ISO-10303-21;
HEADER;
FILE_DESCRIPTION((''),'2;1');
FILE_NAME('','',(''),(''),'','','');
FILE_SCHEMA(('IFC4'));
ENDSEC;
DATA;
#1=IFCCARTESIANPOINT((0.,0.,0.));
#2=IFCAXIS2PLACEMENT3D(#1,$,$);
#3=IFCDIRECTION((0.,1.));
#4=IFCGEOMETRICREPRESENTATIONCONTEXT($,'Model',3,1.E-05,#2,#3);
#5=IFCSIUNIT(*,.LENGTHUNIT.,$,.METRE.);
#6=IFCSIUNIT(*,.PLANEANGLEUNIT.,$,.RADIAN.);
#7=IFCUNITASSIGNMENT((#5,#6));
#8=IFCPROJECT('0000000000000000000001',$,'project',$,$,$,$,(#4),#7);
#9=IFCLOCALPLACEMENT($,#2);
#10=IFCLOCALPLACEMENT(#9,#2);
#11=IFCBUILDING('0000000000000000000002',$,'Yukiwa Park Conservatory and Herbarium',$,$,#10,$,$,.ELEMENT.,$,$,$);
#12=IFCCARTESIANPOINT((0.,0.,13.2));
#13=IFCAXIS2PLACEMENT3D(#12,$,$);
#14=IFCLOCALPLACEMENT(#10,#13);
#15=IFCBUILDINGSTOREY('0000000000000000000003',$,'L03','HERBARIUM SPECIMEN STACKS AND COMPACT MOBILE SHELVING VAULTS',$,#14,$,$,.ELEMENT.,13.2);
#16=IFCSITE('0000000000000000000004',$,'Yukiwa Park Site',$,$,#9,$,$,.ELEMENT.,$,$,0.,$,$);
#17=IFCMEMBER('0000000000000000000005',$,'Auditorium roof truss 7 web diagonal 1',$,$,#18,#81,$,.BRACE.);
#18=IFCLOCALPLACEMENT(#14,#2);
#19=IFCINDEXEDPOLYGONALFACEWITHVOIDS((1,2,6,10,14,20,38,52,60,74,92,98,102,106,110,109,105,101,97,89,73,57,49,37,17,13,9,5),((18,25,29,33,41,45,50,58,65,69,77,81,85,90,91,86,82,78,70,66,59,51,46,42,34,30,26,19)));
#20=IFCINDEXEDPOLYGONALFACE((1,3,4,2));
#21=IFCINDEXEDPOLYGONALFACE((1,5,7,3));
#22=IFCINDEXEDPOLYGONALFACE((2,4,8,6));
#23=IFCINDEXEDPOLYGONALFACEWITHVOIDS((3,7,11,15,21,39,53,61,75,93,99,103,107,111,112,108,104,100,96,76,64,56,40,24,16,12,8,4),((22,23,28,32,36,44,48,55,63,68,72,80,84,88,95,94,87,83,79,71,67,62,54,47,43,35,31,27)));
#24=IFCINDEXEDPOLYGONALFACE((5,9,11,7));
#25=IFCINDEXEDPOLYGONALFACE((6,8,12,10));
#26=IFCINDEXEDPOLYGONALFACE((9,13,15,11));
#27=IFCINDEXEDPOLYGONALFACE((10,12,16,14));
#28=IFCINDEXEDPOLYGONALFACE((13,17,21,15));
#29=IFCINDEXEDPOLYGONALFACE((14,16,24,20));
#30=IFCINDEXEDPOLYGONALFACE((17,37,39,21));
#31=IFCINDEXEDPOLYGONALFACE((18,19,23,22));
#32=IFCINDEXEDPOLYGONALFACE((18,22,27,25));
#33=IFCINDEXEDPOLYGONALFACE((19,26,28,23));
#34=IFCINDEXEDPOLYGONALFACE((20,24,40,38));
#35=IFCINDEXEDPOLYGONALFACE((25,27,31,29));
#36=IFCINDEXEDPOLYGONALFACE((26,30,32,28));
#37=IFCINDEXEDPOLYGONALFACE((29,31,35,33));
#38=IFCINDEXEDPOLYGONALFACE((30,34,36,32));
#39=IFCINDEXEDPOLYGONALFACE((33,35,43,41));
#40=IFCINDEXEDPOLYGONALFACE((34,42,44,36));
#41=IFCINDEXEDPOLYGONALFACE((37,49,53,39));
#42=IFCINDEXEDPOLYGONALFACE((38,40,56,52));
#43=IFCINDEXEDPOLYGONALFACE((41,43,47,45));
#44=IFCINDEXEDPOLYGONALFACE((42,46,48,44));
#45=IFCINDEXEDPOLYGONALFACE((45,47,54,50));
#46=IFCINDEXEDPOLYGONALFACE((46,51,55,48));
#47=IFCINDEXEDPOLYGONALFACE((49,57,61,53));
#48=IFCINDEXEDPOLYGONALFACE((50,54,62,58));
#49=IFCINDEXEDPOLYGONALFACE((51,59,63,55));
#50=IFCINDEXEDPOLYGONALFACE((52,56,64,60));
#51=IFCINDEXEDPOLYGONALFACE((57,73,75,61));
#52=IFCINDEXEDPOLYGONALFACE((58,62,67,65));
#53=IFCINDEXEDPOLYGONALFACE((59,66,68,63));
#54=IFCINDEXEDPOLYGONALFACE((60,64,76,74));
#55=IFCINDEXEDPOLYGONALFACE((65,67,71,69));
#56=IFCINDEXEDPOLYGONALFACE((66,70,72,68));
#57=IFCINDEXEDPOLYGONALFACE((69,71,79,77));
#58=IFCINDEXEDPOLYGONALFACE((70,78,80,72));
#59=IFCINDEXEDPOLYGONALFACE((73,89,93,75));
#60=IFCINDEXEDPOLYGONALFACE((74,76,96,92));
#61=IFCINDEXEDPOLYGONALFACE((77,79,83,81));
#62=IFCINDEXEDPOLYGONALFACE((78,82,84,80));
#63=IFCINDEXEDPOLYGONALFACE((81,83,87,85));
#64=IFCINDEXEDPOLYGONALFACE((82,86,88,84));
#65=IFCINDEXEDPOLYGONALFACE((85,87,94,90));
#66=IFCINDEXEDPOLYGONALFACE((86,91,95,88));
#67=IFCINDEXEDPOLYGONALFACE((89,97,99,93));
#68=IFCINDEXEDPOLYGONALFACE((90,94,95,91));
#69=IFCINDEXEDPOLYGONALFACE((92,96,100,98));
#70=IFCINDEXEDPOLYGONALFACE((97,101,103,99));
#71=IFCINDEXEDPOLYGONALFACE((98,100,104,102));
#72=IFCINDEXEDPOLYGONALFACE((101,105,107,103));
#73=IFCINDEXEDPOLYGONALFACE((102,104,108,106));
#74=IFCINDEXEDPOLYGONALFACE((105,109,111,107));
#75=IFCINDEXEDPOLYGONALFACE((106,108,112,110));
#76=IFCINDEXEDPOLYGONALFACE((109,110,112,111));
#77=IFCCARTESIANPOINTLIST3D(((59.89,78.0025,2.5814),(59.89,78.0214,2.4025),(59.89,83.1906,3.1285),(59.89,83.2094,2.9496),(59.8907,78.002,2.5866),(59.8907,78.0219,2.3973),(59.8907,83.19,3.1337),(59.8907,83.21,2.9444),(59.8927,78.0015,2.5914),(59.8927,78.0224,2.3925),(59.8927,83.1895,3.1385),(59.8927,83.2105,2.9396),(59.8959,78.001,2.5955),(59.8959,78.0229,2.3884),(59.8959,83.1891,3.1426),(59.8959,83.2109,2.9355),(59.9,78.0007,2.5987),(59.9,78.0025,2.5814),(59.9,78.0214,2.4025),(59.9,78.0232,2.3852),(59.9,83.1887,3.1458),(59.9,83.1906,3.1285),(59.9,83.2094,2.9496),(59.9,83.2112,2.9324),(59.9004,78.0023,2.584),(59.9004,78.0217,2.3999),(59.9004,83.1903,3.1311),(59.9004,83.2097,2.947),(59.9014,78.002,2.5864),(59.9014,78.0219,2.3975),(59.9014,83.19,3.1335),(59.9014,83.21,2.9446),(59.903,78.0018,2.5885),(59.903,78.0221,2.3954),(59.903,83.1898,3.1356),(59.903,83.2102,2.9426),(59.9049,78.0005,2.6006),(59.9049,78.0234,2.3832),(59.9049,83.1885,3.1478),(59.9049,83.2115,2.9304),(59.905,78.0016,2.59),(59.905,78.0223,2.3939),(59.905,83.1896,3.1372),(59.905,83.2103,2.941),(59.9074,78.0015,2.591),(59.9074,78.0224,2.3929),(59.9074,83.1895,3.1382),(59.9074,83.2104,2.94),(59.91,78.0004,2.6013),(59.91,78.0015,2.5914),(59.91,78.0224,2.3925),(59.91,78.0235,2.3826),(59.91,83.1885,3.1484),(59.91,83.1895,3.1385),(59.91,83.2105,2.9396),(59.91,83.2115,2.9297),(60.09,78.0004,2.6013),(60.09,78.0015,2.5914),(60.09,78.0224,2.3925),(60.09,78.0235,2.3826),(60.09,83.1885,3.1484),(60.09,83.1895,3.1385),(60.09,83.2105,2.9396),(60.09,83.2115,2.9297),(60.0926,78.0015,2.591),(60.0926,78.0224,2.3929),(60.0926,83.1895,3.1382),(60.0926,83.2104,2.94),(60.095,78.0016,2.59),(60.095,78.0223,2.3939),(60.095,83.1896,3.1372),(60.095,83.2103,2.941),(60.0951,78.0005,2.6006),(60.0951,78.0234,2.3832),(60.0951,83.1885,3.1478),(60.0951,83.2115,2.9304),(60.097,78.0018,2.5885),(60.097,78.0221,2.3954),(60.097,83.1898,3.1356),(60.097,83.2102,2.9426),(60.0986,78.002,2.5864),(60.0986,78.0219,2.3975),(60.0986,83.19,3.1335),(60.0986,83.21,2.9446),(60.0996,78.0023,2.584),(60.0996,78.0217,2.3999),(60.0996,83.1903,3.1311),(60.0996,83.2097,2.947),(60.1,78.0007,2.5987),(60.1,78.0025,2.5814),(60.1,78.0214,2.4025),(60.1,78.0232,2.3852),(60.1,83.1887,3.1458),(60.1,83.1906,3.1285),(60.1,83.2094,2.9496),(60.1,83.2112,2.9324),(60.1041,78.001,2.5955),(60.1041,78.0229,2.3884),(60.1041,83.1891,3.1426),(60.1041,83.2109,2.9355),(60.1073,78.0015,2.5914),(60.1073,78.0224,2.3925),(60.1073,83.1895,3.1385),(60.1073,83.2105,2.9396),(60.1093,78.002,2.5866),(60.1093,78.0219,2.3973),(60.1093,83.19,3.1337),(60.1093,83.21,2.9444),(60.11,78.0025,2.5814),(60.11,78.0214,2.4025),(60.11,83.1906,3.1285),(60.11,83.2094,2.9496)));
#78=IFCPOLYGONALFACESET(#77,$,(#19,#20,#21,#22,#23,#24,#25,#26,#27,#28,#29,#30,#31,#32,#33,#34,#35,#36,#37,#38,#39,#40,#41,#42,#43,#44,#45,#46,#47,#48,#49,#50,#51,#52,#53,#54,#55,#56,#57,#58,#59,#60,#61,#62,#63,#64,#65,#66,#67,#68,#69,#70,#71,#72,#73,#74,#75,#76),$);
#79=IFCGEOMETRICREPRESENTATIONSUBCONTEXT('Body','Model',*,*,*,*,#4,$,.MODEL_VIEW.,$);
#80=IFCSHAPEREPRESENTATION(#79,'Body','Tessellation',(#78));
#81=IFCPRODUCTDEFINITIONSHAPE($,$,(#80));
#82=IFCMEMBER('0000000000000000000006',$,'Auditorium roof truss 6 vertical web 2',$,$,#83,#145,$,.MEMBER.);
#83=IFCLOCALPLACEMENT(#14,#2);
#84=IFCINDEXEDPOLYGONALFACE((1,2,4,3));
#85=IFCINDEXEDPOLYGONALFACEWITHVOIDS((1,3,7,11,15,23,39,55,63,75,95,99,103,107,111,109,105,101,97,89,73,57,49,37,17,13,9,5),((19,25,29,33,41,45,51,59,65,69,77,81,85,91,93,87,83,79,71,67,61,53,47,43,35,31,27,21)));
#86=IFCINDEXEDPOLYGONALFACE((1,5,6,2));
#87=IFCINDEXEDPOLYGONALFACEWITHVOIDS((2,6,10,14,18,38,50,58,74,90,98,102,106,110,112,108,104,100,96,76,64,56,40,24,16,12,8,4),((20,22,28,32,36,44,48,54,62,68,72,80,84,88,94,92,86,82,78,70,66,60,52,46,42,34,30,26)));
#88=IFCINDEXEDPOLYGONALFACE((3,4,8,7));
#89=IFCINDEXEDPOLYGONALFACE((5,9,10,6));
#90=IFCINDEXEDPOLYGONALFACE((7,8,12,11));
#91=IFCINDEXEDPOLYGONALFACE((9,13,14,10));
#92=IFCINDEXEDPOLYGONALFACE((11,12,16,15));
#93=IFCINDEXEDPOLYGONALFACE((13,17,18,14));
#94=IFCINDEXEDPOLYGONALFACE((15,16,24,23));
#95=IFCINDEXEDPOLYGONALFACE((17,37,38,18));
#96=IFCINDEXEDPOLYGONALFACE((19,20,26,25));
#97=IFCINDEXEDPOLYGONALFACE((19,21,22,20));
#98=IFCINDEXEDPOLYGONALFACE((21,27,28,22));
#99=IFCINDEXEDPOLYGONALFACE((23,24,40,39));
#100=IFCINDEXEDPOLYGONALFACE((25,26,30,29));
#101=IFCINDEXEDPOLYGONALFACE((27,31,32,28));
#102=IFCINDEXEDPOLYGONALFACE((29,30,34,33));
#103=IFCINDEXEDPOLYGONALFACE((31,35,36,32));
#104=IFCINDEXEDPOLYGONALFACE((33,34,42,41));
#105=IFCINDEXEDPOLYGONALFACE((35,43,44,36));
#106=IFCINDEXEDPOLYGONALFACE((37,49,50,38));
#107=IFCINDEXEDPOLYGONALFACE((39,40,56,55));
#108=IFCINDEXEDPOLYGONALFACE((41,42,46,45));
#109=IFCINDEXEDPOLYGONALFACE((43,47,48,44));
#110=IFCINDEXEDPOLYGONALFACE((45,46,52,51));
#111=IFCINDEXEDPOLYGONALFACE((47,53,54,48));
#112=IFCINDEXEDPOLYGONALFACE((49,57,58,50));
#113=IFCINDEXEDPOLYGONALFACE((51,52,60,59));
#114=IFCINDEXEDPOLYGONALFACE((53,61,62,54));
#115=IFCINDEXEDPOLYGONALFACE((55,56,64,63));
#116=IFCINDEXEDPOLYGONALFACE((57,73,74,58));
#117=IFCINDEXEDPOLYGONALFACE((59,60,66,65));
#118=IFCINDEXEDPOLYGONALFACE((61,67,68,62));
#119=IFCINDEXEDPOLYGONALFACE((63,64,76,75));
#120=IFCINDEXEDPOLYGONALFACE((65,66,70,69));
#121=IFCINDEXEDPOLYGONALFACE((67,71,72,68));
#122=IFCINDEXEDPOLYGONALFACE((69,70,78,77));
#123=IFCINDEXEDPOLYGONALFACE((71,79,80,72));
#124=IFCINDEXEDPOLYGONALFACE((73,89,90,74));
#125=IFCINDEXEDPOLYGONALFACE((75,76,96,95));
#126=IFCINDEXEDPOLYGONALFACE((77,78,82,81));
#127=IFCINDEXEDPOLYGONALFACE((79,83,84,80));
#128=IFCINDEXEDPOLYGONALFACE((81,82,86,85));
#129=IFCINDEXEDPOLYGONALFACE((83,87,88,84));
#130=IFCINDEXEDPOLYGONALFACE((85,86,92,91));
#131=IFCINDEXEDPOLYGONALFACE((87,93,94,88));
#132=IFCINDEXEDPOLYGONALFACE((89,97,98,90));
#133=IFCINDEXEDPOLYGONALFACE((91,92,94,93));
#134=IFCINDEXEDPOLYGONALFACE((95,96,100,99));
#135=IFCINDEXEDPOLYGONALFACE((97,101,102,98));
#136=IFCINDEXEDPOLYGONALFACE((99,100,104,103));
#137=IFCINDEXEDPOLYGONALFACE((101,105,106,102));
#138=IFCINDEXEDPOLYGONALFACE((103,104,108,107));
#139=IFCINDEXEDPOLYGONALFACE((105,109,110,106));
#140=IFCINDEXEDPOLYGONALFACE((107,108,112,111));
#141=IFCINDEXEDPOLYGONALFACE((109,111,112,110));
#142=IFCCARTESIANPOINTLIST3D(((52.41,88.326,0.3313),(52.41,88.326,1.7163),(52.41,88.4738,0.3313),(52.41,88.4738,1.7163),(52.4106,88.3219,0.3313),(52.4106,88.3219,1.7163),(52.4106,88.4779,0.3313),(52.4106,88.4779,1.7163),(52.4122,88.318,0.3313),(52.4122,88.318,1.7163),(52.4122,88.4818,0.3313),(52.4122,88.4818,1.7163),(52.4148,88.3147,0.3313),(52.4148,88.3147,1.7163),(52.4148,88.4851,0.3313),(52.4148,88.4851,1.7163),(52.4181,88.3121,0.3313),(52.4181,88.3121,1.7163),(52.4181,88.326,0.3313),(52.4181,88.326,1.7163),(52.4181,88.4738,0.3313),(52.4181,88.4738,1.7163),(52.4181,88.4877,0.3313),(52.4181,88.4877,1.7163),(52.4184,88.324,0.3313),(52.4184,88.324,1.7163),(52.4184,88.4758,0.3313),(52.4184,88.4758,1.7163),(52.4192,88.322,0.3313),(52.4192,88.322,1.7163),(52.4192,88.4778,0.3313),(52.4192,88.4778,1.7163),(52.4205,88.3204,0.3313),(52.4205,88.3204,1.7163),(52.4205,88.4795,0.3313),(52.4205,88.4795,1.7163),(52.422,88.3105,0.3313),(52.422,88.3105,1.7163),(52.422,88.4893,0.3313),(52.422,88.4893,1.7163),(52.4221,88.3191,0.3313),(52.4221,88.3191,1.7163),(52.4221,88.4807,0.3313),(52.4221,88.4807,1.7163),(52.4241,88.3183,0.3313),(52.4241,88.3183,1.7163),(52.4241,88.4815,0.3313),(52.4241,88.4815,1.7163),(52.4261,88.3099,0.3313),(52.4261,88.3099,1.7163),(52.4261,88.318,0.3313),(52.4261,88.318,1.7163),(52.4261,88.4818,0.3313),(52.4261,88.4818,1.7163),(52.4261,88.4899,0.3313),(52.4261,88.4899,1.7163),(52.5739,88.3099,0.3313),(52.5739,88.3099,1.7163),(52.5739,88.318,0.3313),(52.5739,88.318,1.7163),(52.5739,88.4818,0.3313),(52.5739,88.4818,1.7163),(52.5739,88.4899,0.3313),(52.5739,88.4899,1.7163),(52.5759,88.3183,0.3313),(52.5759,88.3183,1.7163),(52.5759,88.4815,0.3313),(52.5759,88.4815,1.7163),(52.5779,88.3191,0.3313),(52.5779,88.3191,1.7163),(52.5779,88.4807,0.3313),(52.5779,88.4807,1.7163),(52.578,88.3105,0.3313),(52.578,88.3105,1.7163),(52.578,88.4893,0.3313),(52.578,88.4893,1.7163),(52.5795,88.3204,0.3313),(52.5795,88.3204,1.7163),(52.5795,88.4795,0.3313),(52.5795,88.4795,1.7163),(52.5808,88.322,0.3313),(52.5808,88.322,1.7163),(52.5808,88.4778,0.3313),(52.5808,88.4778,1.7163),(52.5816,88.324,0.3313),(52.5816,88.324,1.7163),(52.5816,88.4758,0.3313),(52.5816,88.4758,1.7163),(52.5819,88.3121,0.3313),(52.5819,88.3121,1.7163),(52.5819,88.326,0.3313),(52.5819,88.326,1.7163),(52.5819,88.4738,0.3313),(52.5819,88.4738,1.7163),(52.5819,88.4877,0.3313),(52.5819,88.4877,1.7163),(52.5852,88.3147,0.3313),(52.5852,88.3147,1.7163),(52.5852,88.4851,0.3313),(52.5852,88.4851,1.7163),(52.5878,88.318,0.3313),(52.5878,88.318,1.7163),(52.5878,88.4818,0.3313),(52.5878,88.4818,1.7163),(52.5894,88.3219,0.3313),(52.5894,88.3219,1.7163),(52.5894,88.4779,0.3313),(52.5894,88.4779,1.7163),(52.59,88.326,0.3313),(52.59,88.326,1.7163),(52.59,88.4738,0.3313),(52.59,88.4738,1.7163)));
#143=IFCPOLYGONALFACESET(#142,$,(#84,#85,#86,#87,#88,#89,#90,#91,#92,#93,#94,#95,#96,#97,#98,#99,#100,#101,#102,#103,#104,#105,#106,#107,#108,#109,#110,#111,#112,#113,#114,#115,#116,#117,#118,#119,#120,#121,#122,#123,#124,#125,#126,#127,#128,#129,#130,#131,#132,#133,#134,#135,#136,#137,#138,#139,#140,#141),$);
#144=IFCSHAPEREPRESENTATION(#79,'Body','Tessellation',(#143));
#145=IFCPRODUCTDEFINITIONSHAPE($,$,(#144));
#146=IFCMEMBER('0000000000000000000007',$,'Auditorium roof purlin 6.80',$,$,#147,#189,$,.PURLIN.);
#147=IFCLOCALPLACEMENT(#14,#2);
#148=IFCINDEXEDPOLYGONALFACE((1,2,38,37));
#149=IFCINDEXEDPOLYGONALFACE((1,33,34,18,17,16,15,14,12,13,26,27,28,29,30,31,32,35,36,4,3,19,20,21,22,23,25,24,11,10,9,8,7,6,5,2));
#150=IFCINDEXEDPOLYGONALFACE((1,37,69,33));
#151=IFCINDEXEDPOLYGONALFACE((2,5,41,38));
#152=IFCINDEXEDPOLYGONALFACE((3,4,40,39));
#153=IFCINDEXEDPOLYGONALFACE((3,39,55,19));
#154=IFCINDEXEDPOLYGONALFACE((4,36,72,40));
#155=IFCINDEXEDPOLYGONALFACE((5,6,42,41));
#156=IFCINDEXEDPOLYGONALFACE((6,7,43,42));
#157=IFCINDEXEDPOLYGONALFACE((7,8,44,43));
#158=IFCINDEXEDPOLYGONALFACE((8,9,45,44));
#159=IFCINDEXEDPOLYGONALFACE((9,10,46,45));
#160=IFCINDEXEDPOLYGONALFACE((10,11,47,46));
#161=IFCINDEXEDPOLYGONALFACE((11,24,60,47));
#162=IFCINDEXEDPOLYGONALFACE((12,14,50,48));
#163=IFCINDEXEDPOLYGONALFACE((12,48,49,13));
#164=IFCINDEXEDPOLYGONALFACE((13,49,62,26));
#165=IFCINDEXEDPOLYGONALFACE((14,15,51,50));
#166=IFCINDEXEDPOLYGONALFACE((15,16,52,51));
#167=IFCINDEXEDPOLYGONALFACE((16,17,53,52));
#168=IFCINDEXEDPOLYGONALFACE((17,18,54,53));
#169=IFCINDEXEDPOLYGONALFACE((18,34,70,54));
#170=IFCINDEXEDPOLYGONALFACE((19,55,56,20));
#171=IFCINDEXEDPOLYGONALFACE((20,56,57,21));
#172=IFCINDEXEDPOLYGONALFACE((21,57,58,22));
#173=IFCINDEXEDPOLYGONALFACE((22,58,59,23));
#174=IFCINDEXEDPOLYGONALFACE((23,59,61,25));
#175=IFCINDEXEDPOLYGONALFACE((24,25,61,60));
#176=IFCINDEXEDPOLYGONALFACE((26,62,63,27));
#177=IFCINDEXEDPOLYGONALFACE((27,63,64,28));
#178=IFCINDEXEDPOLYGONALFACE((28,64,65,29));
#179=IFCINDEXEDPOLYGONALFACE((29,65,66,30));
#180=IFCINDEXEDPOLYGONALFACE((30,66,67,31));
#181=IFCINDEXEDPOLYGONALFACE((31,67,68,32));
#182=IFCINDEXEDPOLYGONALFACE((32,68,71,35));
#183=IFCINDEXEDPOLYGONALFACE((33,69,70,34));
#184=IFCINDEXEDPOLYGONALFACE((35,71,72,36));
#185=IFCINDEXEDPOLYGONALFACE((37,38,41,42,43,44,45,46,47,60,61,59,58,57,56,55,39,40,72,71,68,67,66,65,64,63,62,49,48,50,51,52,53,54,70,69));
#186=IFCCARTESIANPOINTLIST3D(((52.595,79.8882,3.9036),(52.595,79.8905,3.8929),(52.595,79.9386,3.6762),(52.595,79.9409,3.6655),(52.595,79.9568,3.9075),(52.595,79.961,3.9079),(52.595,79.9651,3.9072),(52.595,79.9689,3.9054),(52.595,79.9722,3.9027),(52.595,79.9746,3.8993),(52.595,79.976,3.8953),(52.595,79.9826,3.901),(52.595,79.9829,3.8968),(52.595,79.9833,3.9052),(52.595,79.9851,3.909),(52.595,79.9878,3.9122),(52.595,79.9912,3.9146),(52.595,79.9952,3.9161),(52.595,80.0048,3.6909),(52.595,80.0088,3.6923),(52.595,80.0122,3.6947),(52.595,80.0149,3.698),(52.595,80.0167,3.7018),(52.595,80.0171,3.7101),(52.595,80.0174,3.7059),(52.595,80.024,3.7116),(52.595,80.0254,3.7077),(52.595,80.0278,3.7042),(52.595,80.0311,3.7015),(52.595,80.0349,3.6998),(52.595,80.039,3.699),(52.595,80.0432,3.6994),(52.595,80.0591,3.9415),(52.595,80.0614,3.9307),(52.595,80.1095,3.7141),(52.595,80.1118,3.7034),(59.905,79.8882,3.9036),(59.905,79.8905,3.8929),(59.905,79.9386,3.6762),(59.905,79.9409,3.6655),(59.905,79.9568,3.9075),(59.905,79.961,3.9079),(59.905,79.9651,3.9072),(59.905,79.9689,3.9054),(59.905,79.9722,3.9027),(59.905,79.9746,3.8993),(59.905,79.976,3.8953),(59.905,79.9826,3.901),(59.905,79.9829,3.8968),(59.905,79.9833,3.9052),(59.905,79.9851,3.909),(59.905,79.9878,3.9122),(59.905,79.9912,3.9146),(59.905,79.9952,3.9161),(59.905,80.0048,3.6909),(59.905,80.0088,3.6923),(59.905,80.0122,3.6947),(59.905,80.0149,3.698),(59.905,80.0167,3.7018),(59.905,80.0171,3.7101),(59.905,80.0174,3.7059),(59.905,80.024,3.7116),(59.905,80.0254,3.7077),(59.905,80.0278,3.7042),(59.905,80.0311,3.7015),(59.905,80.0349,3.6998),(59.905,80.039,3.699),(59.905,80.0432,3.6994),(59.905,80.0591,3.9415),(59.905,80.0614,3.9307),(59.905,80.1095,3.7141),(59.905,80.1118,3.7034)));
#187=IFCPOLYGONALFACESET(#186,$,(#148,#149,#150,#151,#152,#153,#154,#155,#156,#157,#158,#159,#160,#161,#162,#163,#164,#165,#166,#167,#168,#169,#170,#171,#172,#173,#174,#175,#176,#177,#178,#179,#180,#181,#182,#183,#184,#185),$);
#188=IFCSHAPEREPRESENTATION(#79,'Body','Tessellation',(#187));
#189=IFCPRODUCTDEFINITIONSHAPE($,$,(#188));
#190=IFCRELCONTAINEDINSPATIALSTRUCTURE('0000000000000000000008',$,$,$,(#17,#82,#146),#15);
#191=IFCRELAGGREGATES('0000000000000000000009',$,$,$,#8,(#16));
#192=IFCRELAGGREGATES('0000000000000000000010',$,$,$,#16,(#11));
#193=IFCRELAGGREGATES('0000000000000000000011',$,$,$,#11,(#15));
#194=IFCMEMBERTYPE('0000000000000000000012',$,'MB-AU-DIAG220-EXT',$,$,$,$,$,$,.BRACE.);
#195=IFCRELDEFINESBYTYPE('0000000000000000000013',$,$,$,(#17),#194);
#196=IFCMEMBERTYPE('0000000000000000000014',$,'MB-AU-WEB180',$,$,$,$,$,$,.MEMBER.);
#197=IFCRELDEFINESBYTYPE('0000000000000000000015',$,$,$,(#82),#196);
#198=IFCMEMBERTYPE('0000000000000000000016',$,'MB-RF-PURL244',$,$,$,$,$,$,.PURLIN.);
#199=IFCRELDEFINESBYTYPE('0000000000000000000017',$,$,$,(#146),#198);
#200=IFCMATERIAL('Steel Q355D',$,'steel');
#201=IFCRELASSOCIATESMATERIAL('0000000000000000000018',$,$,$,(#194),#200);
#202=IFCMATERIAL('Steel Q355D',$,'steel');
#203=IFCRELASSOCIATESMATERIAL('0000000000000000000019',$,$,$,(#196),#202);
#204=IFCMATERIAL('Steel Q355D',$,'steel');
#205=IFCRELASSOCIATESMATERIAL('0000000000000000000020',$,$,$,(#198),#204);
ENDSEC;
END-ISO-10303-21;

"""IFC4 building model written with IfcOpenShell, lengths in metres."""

from ifc_helpers import new_model, si_unit, direction, frame, origin, origin_2d, place, context, subcontext, project, spatial, hollow_rectangle, i_section, extrude, material, material_profile, profile_set, type_object, element, save


model = new_model("IFC4")

# Units and contexts
model_context = context("Model", 3, precision=1e-05, world=origin(), true_north=direction((0.0, 1.0)))
body_context = subcontext(model_context, "Body", "Model", "MODEL_VIEW")
ifc_project = project(units=[si_unit("LENGTHUNIT", "METRE"), si_unit("PLANEANGLEUNIT", "RADIAN")], contexts=[model_context])

# Site, building, storey
site_placement = place(None, origin())
site = spatial("IfcSite", under=ifc_project, at=site_placement, Name="Yukiwa Park Site", CompositionType="ELEMENT", RefElevation=0.0)
building_placement = place(site_placement, origin())
building = spatial("IfcBuilding", under=site, at=building_placement, Name="Yukiwa Park Conservatory and Herbarium", CompositionType="ELEMENT")
storey_placement = place(building_placement, frame((0.0, 0.0, 13.2)))
storey = spatial("IfcBuildingStorey", under=building, at=storey_placement, Name="L03", Description="HERBARIUM SPECIMEN STACKS AND COMPACT MOBILE SHELVING VAULTS", CompositionType="ELEMENT", Elevation=13.2)

# Members
ifc_material_1 = material(Name="Steel Q355D", Category="steel")
ifc_material_profile_1 = material_profile(ifc_material_1, hollow_rectangle(XDim=0.22, YDim=0.22, WallThickness=0.01, InnerFilletRadius=0.01, OuterFilletRadius=0.02, at=origin_2d()), Name="SHS 220x220x10")
ifc_profile_set_1 = profile_set([ifc_material_profile_1], Name="Steel Q355D")
member_type_1 = type_object("IfcMemberType", Name="MB-AU-DIAG220-EXT", PredefinedType="BRACE", material=ifc_profile_set_1)
member_1_placement = place(storey_placement, frame((60.0, 78.012, 2.4919), z_axis=(0.0, 0.994485, 0.104877), x_axis=(-1.0, 0.0, 0.0)))
element("IfcMember", 1, at=member_1_placement, inside=storey, type_object=member_type_1, Name="Auditorium roof truss 7 web diagonal 1", PredefinedType="BRACE", context=body_context, shape_type="SweptSolid", body=[
    extrude(hollow_rectangle(XDim=0.22, YDim=0.22, WallThickness=0.01, InnerFilletRadius=0.01, OuterFilletRadius=0.02, at=origin_2d()), origin(), (0.0, 0.0, 1.0), 5.2168),
])
ifc_material_2 = material(Name="Steel Q355D", Category="steel")
ifc_material_profile_2 = material_profile(ifc_material_2, hollow_rectangle(XDim=0.1799, YDim=0.1799, WallThickness=0.0081, InnerFilletRadius=0.0081, OuterFilletRadius=0.0161, at=origin_2d()), Name="SHS 180x180x8")
ifc_profile_set_2 = profile_set([ifc_material_profile_2], Name="Steel Q355D")
member_type_2 = type_object("IfcMemberType", Name="MB-AU-WEB180", PredefinedType="MEMBER", material=ifc_profile_set_2)
member_2_placement = place(storey_placement, frame((52.5, 88.3999, 0.3313), z_axis=(0.0, 0.0, 1.0), x_axis=(1.0, 0.0, 0.0)))
element("IfcMember", 2, at=member_2_placement, inside=storey, type_object=member_type_2, Name="Auditorium roof truss 6 vertical web 2", PredefinedType="MEMBER", context=body_context, shape_type="SweptSolid", body=[
    extrude(hollow_rectangle(XDim=0.1799, YDim=0.1799, WallThickness=0.0081, InnerFilletRadius=0.0081, OuterFilletRadius=0.0161, at=origin_2d()), origin(), (0.0, 0.0, 1.0), 1.385),
])
ifc_material_3 = material(Name="Steel Q355D", Category="steel")
ifc_material_profile_3 = material_profile(ifc_material_3, i_section(OverallWidth=0.175, OverallDepth=0.2439, WebThickness=0.0071, FlangeThickness=0.011, FilletRadius=0.0161, at=origin_2d()), Name="HM 244x175x7x11")
ifc_profile_set_3 = profile_set([ifc_material_profile_3], Name="Steel Q355D")
member_type_3 = type_object("IfcMemberType", Name="MB-RF-PURL244", PredefinedType="PURLIN", material=ifc_profile_set_3)
for number, where, z_axis, x_axis, name in (
    (3, (52.595, 80.0, 3.8035), (1.0, 0.0, 0.0), (0.0, 0.976296, 0.21644), "Auditorium roof purlin 6.80"),
):
    element("IfcMember", number, at=place(storey_placement, frame(where, z_axis=z_axis, x_axis=x_axis)), inside=storey, type_object=member_type_3, Name=name, PredefinedType="PURLIN", context=body_context, shape_type="SweptSolid", body=[
        extrude(i_section(OverallWidth=0.175, OverallDepth=0.2439, WebThickness=0.0071, FlangeThickness=0.011, FilletRadius=0.0161, at=origin_2d()), origin(), (0.0, 0.0, 1.0), 7.3101),
    ])

save(model, "model.ifc")
